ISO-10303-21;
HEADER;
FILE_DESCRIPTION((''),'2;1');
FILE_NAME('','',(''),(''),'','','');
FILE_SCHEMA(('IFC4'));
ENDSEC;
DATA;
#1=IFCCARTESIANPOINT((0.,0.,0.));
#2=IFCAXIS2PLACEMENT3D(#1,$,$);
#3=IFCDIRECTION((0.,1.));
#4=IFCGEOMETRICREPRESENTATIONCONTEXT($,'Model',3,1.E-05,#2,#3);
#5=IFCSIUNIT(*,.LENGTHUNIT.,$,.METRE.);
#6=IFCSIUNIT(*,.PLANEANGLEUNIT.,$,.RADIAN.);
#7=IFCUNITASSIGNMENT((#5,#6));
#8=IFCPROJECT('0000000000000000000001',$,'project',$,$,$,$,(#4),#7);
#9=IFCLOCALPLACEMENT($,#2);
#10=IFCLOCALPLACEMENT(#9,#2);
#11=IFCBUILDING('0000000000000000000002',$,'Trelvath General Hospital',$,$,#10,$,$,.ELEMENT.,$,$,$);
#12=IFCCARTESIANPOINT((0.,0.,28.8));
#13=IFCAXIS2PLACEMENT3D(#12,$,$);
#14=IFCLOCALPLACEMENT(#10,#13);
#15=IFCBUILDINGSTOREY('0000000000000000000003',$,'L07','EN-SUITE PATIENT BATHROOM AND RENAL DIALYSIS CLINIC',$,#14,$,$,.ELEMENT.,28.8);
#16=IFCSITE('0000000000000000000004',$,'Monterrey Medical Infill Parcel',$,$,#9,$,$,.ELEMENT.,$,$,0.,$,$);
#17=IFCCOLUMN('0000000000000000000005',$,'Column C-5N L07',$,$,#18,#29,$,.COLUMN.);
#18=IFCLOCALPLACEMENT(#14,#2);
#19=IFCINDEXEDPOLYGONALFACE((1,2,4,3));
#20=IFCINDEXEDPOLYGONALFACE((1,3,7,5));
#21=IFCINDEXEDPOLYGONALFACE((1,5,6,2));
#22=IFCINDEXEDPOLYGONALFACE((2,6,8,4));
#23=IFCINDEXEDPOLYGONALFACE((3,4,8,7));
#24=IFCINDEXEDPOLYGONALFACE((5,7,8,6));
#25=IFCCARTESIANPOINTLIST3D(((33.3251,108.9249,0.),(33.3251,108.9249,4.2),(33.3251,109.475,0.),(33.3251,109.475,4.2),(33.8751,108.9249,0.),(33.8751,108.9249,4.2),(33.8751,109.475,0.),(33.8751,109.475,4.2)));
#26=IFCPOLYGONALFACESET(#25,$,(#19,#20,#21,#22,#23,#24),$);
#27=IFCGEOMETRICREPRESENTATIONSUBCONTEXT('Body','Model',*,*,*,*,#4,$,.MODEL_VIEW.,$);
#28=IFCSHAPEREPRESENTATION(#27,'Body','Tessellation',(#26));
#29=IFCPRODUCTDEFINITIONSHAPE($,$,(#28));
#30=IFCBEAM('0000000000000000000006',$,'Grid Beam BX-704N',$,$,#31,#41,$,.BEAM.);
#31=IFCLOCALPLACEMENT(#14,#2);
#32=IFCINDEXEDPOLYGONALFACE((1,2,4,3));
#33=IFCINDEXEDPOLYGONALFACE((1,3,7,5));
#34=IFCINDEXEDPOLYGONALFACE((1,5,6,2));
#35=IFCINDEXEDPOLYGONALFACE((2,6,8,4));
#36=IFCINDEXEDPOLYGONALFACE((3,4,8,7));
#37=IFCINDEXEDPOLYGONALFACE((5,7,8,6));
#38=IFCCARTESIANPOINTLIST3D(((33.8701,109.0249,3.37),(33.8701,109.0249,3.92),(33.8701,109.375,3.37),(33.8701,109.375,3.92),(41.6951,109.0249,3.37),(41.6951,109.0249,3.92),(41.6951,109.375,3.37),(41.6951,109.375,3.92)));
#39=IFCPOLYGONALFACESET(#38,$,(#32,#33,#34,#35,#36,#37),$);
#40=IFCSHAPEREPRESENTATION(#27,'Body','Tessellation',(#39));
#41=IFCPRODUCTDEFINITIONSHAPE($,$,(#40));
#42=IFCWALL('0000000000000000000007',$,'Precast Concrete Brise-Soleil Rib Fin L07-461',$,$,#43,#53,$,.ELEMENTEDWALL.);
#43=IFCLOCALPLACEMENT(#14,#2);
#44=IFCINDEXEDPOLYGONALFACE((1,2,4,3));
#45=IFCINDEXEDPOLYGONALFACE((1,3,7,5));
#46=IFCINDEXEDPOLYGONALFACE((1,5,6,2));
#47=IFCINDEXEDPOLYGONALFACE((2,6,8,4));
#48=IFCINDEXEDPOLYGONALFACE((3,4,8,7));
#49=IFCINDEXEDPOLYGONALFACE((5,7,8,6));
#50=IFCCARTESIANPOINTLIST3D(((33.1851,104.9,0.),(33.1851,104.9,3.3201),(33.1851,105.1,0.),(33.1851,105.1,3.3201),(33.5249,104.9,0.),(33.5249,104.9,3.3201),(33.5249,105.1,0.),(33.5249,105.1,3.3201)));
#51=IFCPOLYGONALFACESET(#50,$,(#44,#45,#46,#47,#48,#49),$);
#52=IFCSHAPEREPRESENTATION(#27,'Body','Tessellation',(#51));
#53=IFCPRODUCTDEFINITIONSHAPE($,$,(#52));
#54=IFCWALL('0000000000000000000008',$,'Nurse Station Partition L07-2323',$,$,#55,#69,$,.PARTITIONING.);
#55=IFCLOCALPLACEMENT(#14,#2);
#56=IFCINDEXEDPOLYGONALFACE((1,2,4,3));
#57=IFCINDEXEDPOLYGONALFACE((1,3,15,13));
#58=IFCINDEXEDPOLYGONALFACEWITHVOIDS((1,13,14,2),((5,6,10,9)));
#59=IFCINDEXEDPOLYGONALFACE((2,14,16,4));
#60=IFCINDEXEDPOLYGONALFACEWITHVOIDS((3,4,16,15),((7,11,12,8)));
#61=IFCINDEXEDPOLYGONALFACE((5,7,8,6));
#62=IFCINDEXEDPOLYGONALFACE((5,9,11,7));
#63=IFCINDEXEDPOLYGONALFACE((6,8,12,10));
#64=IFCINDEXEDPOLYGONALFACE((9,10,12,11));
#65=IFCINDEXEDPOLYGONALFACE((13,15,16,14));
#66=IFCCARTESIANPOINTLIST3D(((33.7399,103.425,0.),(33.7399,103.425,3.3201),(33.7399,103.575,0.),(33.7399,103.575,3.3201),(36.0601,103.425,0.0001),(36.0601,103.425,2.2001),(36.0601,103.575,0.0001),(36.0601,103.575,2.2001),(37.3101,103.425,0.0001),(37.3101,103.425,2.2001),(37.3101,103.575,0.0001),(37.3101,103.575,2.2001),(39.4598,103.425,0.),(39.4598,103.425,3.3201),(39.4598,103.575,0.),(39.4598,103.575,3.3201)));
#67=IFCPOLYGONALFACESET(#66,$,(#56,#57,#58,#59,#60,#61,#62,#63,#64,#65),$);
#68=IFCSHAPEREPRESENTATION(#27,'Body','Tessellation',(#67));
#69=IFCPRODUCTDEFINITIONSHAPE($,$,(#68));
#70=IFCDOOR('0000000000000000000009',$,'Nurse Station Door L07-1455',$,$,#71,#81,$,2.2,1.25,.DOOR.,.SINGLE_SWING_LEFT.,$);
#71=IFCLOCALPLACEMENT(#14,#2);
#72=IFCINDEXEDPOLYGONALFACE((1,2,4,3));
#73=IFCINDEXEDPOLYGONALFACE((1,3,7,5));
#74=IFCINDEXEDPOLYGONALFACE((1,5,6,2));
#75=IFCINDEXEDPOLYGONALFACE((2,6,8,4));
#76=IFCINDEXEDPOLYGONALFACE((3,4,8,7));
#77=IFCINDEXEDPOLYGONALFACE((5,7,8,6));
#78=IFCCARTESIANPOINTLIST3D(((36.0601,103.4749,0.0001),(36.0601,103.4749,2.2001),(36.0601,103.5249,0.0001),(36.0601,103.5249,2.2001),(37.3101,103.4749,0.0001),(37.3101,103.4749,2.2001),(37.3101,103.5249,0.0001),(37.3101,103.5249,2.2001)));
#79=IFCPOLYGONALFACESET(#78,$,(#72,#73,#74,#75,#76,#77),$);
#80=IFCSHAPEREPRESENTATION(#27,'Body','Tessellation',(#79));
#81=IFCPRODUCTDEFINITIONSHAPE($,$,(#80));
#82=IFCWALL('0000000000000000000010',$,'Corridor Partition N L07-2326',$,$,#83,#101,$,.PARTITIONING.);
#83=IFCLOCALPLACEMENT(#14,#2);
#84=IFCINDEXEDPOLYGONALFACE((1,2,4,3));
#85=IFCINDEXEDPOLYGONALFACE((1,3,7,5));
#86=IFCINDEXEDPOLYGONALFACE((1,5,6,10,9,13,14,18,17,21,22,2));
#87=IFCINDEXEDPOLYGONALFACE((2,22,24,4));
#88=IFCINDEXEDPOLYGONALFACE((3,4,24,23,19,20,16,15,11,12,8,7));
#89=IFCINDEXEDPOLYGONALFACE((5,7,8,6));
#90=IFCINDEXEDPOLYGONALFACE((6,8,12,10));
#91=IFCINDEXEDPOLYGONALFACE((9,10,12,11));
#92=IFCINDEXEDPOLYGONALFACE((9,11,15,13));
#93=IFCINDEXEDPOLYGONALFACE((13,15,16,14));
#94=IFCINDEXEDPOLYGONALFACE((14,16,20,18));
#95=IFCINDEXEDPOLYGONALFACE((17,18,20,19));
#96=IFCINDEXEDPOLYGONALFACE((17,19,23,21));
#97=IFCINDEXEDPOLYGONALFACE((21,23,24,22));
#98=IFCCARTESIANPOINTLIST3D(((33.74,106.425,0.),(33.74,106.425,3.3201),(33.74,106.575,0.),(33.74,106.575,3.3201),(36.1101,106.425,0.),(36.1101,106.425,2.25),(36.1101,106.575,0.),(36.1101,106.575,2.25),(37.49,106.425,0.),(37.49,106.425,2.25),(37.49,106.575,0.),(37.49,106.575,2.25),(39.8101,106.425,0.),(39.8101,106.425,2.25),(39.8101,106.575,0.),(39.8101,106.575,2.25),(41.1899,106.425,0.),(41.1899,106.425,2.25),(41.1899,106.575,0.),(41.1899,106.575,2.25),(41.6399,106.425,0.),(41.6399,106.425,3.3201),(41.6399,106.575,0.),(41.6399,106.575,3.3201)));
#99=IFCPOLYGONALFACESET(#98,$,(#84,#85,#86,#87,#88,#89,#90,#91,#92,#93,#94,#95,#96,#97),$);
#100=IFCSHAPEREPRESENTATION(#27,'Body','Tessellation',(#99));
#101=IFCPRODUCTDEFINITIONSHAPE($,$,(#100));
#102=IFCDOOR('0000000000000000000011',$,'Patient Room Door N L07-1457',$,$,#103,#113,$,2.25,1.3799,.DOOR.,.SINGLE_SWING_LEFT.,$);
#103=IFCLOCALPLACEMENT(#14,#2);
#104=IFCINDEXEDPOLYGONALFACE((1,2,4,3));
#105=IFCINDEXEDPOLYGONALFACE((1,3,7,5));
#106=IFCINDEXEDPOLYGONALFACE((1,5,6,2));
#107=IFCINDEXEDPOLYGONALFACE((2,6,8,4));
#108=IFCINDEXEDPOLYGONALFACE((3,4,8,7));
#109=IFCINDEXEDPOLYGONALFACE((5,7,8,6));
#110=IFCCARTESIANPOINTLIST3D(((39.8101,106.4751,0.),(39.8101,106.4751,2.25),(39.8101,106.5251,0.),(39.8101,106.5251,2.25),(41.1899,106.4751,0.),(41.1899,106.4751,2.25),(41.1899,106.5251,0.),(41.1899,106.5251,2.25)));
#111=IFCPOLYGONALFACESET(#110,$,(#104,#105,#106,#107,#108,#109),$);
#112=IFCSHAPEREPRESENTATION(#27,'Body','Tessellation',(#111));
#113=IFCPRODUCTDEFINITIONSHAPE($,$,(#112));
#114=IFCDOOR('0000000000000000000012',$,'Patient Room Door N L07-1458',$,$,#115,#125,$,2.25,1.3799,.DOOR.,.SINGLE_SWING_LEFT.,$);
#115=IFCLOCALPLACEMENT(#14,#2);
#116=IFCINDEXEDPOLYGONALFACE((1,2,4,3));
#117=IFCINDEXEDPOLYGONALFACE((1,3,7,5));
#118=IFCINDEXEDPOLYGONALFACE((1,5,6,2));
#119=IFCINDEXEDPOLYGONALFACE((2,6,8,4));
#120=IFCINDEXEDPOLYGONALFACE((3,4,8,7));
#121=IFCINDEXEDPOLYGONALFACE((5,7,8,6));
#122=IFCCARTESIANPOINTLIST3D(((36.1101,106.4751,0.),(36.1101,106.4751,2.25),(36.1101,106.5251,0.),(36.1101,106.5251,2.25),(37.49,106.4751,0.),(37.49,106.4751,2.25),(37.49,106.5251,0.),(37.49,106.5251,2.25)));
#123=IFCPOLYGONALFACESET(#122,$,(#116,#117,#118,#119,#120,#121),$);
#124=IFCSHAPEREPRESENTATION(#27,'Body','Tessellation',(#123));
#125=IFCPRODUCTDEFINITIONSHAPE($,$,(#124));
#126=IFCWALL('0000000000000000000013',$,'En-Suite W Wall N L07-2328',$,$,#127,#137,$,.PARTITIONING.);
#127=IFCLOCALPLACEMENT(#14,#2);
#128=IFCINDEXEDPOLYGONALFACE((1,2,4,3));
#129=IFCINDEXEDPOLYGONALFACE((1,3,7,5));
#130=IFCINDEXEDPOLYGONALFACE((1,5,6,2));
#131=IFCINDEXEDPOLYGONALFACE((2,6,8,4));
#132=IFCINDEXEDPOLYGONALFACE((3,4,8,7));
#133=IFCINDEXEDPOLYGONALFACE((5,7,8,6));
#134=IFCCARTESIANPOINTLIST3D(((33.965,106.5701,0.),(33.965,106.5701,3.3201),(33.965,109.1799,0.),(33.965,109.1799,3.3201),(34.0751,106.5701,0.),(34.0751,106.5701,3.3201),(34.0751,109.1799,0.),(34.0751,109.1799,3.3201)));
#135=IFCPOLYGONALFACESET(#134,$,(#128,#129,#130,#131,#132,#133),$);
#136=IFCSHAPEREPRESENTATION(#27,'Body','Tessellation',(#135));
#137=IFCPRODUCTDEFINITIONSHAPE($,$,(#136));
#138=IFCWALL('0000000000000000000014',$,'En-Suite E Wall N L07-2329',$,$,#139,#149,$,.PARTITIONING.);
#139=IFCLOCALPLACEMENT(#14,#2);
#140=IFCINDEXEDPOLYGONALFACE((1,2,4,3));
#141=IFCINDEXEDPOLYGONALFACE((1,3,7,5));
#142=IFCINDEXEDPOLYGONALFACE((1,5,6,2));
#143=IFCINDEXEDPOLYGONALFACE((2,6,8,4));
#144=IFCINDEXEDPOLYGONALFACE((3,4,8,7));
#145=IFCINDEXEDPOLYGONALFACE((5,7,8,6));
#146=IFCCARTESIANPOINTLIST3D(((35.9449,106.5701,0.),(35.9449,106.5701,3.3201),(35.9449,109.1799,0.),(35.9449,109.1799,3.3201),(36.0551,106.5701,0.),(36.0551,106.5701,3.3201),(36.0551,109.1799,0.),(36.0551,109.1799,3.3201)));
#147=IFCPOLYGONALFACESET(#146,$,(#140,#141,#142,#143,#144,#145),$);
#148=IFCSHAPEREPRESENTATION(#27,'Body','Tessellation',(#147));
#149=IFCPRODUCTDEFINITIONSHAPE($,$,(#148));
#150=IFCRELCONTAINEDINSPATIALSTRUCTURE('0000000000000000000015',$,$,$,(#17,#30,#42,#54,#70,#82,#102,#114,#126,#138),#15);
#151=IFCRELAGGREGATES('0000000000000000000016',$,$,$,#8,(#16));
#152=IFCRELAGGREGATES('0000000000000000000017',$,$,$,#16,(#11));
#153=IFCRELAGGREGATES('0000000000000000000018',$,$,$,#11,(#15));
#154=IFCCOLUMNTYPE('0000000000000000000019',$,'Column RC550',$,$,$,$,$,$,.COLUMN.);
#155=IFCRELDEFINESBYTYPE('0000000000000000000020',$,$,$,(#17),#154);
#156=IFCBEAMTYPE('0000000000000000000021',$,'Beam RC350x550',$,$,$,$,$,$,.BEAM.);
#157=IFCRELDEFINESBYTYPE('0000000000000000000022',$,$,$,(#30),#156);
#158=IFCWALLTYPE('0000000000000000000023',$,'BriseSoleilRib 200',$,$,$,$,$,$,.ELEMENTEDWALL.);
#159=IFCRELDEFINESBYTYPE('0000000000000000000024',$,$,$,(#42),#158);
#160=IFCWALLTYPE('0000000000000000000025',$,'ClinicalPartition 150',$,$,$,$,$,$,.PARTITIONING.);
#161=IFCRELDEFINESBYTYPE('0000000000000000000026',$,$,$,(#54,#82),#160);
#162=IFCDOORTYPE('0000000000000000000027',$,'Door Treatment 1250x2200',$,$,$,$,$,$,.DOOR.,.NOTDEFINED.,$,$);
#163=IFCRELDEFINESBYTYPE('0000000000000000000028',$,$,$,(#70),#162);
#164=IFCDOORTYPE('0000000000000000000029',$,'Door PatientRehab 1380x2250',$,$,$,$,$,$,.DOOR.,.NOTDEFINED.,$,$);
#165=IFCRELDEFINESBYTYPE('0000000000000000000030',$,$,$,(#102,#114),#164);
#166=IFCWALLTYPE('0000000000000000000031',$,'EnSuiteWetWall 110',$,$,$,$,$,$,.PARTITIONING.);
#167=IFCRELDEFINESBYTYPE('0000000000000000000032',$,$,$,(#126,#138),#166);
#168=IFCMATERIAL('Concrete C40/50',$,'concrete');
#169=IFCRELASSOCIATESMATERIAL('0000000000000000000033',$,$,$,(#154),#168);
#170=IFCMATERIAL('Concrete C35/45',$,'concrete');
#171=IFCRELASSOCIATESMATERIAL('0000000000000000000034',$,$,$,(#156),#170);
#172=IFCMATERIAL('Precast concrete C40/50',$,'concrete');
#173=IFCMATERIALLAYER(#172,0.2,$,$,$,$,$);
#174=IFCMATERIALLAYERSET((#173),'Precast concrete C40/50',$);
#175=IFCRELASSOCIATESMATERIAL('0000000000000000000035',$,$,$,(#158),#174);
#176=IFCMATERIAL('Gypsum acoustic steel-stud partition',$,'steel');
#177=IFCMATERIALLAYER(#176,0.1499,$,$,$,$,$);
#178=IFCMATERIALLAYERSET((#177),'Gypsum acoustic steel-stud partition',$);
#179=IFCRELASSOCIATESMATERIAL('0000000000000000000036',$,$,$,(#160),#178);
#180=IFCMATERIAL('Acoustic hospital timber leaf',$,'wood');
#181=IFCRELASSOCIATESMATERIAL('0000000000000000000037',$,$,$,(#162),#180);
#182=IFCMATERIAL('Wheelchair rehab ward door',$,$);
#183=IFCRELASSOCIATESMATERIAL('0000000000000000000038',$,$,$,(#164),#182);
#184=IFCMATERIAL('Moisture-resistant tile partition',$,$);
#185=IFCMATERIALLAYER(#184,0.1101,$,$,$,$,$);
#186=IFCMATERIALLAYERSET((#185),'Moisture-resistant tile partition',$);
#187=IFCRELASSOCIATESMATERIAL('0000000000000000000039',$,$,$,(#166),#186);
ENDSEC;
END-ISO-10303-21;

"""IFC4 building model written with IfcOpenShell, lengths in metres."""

from ifc_helpers import new_model, si_unit, direction, frame, frame_2d, origin, origin_2d, place, context, subcontext, project, spatial, rectangle, extrude, material, layer, layer_set, material_profile, profile_set, type_object, element, fill, save


model = new_model("IFC4")

# Units and contexts
model_context = context("Model", 3, precision=1e-05, world=origin(), true_north=direction((0.0, 1.0)))
body_context = subcontext(model_context, "Body", "Model", "MODEL_VIEW")
ifc_project = project(units=[si_unit("LENGTHUNIT", "METRE"), si_unit("PLANEANGLEUNIT", "RADIAN")], contexts=[model_context])

# Site, building, storey
site_placement = place(None, origin())
site = spatial("IfcSite", under=ifc_project, at=site_placement, Name="Monterrey Medical Infill Parcel", CompositionType="ELEMENT", RefElevation=0.0)
building_placement = place(site_placement, origin())
building = spatial("IfcBuilding", under=site, at=building_placement, Name="Trelvath General Hospital", CompositionType="ELEMENT")
storey_placement = place(building_placement, frame((0.0, 0.0, 28.8)))
storey = spatial("IfcBuildingStorey", under=building, at=storey_placement, Name="L07", Description="EN-SUITE PATIENT BATHROOM AND RENAL DIALYSIS CLINIC", CompositionType="ELEMENT", Elevation=28.8)

# Column
ifc_material_1 = material(Name="Concrete C40/50", Category="concrete")
ifc_material_profile_1 = material_profile(ifc_material_1, rectangle(XDim=0.55, YDim=0.55, at=origin_2d()), Name="RC550x550")
ifc_profile_set_1 = profile_set([ifc_material_profile_1], Name="Concrete C40/50")
column_type = type_object("IfcColumnType", Name="Column RC550", PredefinedType="COLUMN", material=ifc_profile_set_1)
column_placement = place(storey_placement, frame((33.6001, 109.2, 0.0), z_axis=(0.0, 0.0, 1.0), x_axis=(1.0, 0.0, 0.0)))
element("IfcColumn", 1, at=column_placement, inside=storey, type_object=column_type, Name="Column C-5N L07", PredefinedType="COLUMN", context=body_context, shape_type="SweptSolid", body=[
    extrude(rectangle(XDim=0.55, YDim=0.55, at=origin_2d()), origin(), (0.0, 0.0, 1.0), 4.2),
])

# Beam
ifc_material_2 = material(Name="Concrete C35/45", Category="concrete")
ifc_material_profile_2 = material_profile(ifc_material_2, rectangle(XDim=0.3501, YDim=0.55, at=origin_2d()), Name="RCB350x550")
ifc_profile_set_2 = profile_set([ifc_material_profile_2], Name="Concrete C35/45")
beam_type = type_object("IfcBeamType", Name="Beam RC350x550", PredefinedType="BEAM", material=ifc_profile_set_2)
beam_placement = place(storey_placement, frame((33.8701, 109.2, 3.645), z_axis=(1.0, 0.0, 0.0), x_axis=(0.0, 1.0, 0.0)))
element("IfcBeam", 2, at=beam_placement, inside=storey, type_object=beam_type, Name="Grid Beam BX-704N", PredefinedType="BEAM", context=body_context, shape_type="SweptSolid", body=[
    extrude(rectangle(XDim=0.3501, YDim=0.55, at=origin_2d()), origin(), (0.0, 0.0, 1.0), 7.825),
])

# Wall
ifc_material_3 = material(Name="Precast concrete C40/50", Category="concrete")
ifc_layer_1 = layer(ifc_material_3, 0.2)
ifc_layer_set_1 = layer_set([ifc_layer_1], Name="Precast concrete C40/50")
wall_type_1 = type_object("IfcWallType", Name="BriseSoleilRib 200", PredefinedType="ELEMENTEDWALL", material=ifc_layer_set_1)
wall_1_placement = place(storey_placement, frame((33.5249, 105.0, 0.0), z_axis=(0.0, 0.0, 1.0), x_axis=(-1.0, 0.0, 0.0)))
element("IfcWall", 3, at=wall_1_placement, inside=storey, type_object=wall_type_1, Name="Precast Concrete Brise-Soleil Rib Fin L07-461", PredefinedType="ELEMENTEDWALL", context=body_context, shape_type="SweptSolid", body=[
    extrude(rectangle(XDim=0.3398, YDim=0.2, at=frame_2d((0.1699, 0.0))), origin(), (0.0, 0.0, 1.0), 3.3201),
])

# Wall, opening, door
ifc_material_4 = material(Name="Gypsum acoustic steel-stud partition", Category="steel")
ifc_layer_2 = layer(ifc_material_4, 0.1499)
ifc_layer_set_2 = layer_set([ifc_layer_2], Name="Gypsum acoustic steel-stud partition")
wall_type_2 = type_object("IfcWallType", Name="ClinicalPartition 150", PredefinedType="PARTITIONING", material=ifc_layer_set_2)
wall_2_placement = place(storey_placement, frame((33.74, 103.5, 0.0), z_axis=(0.0, 0.0, 1.0), x_axis=(1.0, 0.0, 0.0)))
wall_2 = element("IfcWall", 4, at=wall_2_placement, inside=storey, type_object=wall_type_2, Name="Nurse Station Partition L07-2323", PredefinedType="PARTITIONING", context=body_context, shape_type="SweptSolid", body=[
    extrude(rectangle(XDim=5.72, YDim=0.1499, at=frame_2d((2.8599, 0.0))), origin(), (0.0, 0.0, 1.0), 3.3201),
])
opening_1_placement = place(wall_2_placement, frame((2.3201, 0.0, 0.0)))
opening_1 = element("IfcOpeningElement", 5, at=opening_1_placement, cuts=wall_2, PredefinedType="OPENING", context=body_context, shape_type="SweptSolid", body=[
    extrude(rectangle(XDim=1.25, YDim=2.2, at=frame_2d((0.625, 1.1001))), frame((0.0, 0.085, 0.0), z_axis=(0.0, -1.0, 0.0), x_axis=(1.0, 0.0, 0.0)), (0.0, 0.0, 1.0), 0.1699),
])
ifc_material_5 = material(Name="Acoustic hospital timber leaf", Category="wood")
door_type_1 = type_object("IfcDoorType", Name="Door Treatment 1250x2200", OperationType="NOTDEFINED", PredefinedType="DOOR", material=ifc_material_5)
door_1_placement = place(opening_1_placement, origin())
door_1 = element("IfcDoor", 6, at=door_1_placement, inside=storey, type_object=door_type_1, Name="Nurse Station Door L07-1455", OperationType="SINGLE_SWING_LEFT", OverallHeight=2.2, OverallWidth=1.25, PredefinedType="DOOR", context=body_context, shape_type="SweptSolid", body=[
    extrude(rectangle(XDim=1.25, YDim=2.2, at=frame_2d((0.625, 1.1001))), frame((0.0, 0.0249, 0.0), z_axis=(0.0, -1.0, 0.0), x_axis=(1.0, 0.0, 0.0)), (0.0, 0.0, 1.0), 0.05),
])
fill(opening_1, door_1)

# Wall, openings, doors
wall_3_placement = place(storey_placement, frame((41.6399, 106.5, 0.0), z_axis=(0.0, 0.0, 1.0), x_axis=(-1.0, 0.0, 0.0)))
wall_3 = element("IfcWall", 7, at=wall_3_placement, inside=storey, type_object=wall_type_2, Name="Corridor Partition N L07-2326", PredefinedType="PARTITIONING", context=body_context, shape_type="SweptSolid", body=[
    extrude(rectangle(XDim=7.8999, YDim=0.1499, at=frame_2d((3.95, 0.0))), origin(), (0.0, 0.0, 1.0), 3.3201),
])
opening_2_placement = place(wall_3_placement, frame((0.45, 0.0, 0.0)))
opening_2 = element("IfcOpeningElement", 8, at=opening_2_placement, cuts=wall_3, PredefinedType="OPENING", context=body_context, shape_type="SweptSolid", body=[
    extrude(rectangle(XDim=1.3799, YDim=2.25, at=frame_2d((0.6899, 1.125))), frame((0.0, 0.085, 0.0), z_axis=(0.0, -1.0, 0.0), x_axis=(1.0, 0.0, 0.0)), (0.0, 0.0, 1.0), 0.1699),
])
opening_3_placement = place(wall_3_placement, frame((4.1499, 0.0, 0.0)))
opening_3 = element("IfcOpeningElement", 9, at=opening_3_placement, cuts=wall_3, PredefinedType="OPENING", context=body_context, shape_type="SweptSolid", body=[
    extrude(rectangle(XDim=1.3799, YDim=2.25, at=frame_2d((0.6899, 1.125))), frame((0.0, 0.085, 0.0), z_axis=(0.0, -1.0, 0.0), x_axis=(1.0, 0.0, 0.0)), (0.0, 0.0, 1.0), 0.1699),
])
ifc_material_6 = material(Name="Wheelchair rehab ward door")
door_type_2 = type_object("IfcDoorType", Name="Door PatientRehab 1380x2250", OperationType="NOTDEFINED", PredefinedType="DOOR", material=ifc_material_6)
door_2_placement = place(opening_2_placement, origin())
door_2 = element("IfcDoor", 10, at=door_2_placement, inside=storey, type_object=door_type_2, Name="Patient Room Door N L07-1457", OperationType="SINGLE_SWING_LEFT", OverallHeight=2.25, OverallWidth=1.3799, PredefinedType="DOOR", context=body_context, shape_type="SweptSolid", body=[
    extrude(rectangle(XDim=1.3799, YDim=2.25, at=frame_2d((0.6899, 1.125))), frame((0.0, 0.0249, 0.0), z_axis=(0.0, -1.0, 0.0), x_axis=(1.0, 0.0, 0.0)), (0.0, 0.0, 1.0), 0.05),
])
fill(opening_2, door_2)
door_3_placement = place(opening_3_placement, origin())
door_3 = element("IfcDoor", 11, at=door_3_placement, inside=storey, type_object=door_type_2, Name="Patient Room Door N L07-1458", OperationType="SINGLE_SWING_LEFT", OverallHeight=2.25, OverallWidth=1.3799, PredefinedType="DOOR", context=body_context, shape_type="SweptSolid", body=[
    extrude(rectangle(XDim=1.3799, YDim=2.25, at=frame_2d((0.6899, 1.125))), frame((0.0, 0.0249, 0.0), z_axis=(0.0, -1.0, 0.0), x_axis=(1.0, 0.0, 0.0)), (0.0, 0.0, 1.0), 0.05),
])
fill(opening_3, door_3)

# Walls
ifc_material_7 = material(Name="Moisture-resistant tile partition")
ifc_layer_3 = layer(ifc_material_7, 0.1101)
ifc_layer_set_3 = layer_set([ifc_layer_3], Name="Moisture-resistant tile partition")
wall_type_3 = type_object("IfcWallType", Name="EnSuiteWetWall 110", PredefinedType="PARTITIONING", material=ifc_layer_set_3)
for number, where, z_axis, x_axis, name in (
    (12, (34.02, 106.5701, 0.0), (0.0, 0.0, 1.0), (0.0, 1.0, 0.0), "En-Suite W Wall N L07-2328"),
    (13, (36.0, 106.5701, 0.0), (0.0, 0.0, 1.0), (0.0, 1.0, 0.0), "En-Suite E Wall N L07-2329"),
):
    element("IfcWall", number, at=place(storey_placement, frame(where, z_axis=z_axis, x_axis=x_axis)), inside=storey, type_object=wall_type_3, Name=name, PredefinedType="PARTITIONING", context=body_context, shape_type="SweptSolid", body=[
        extrude(rectangle(XDim=2.6099, YDim=0.1101, at=frame_2d((1.3049, 0.0))), origin(), (0.0, 0.0, 1.0), 3.3201),
    ])

save(model, "model.ifc")
